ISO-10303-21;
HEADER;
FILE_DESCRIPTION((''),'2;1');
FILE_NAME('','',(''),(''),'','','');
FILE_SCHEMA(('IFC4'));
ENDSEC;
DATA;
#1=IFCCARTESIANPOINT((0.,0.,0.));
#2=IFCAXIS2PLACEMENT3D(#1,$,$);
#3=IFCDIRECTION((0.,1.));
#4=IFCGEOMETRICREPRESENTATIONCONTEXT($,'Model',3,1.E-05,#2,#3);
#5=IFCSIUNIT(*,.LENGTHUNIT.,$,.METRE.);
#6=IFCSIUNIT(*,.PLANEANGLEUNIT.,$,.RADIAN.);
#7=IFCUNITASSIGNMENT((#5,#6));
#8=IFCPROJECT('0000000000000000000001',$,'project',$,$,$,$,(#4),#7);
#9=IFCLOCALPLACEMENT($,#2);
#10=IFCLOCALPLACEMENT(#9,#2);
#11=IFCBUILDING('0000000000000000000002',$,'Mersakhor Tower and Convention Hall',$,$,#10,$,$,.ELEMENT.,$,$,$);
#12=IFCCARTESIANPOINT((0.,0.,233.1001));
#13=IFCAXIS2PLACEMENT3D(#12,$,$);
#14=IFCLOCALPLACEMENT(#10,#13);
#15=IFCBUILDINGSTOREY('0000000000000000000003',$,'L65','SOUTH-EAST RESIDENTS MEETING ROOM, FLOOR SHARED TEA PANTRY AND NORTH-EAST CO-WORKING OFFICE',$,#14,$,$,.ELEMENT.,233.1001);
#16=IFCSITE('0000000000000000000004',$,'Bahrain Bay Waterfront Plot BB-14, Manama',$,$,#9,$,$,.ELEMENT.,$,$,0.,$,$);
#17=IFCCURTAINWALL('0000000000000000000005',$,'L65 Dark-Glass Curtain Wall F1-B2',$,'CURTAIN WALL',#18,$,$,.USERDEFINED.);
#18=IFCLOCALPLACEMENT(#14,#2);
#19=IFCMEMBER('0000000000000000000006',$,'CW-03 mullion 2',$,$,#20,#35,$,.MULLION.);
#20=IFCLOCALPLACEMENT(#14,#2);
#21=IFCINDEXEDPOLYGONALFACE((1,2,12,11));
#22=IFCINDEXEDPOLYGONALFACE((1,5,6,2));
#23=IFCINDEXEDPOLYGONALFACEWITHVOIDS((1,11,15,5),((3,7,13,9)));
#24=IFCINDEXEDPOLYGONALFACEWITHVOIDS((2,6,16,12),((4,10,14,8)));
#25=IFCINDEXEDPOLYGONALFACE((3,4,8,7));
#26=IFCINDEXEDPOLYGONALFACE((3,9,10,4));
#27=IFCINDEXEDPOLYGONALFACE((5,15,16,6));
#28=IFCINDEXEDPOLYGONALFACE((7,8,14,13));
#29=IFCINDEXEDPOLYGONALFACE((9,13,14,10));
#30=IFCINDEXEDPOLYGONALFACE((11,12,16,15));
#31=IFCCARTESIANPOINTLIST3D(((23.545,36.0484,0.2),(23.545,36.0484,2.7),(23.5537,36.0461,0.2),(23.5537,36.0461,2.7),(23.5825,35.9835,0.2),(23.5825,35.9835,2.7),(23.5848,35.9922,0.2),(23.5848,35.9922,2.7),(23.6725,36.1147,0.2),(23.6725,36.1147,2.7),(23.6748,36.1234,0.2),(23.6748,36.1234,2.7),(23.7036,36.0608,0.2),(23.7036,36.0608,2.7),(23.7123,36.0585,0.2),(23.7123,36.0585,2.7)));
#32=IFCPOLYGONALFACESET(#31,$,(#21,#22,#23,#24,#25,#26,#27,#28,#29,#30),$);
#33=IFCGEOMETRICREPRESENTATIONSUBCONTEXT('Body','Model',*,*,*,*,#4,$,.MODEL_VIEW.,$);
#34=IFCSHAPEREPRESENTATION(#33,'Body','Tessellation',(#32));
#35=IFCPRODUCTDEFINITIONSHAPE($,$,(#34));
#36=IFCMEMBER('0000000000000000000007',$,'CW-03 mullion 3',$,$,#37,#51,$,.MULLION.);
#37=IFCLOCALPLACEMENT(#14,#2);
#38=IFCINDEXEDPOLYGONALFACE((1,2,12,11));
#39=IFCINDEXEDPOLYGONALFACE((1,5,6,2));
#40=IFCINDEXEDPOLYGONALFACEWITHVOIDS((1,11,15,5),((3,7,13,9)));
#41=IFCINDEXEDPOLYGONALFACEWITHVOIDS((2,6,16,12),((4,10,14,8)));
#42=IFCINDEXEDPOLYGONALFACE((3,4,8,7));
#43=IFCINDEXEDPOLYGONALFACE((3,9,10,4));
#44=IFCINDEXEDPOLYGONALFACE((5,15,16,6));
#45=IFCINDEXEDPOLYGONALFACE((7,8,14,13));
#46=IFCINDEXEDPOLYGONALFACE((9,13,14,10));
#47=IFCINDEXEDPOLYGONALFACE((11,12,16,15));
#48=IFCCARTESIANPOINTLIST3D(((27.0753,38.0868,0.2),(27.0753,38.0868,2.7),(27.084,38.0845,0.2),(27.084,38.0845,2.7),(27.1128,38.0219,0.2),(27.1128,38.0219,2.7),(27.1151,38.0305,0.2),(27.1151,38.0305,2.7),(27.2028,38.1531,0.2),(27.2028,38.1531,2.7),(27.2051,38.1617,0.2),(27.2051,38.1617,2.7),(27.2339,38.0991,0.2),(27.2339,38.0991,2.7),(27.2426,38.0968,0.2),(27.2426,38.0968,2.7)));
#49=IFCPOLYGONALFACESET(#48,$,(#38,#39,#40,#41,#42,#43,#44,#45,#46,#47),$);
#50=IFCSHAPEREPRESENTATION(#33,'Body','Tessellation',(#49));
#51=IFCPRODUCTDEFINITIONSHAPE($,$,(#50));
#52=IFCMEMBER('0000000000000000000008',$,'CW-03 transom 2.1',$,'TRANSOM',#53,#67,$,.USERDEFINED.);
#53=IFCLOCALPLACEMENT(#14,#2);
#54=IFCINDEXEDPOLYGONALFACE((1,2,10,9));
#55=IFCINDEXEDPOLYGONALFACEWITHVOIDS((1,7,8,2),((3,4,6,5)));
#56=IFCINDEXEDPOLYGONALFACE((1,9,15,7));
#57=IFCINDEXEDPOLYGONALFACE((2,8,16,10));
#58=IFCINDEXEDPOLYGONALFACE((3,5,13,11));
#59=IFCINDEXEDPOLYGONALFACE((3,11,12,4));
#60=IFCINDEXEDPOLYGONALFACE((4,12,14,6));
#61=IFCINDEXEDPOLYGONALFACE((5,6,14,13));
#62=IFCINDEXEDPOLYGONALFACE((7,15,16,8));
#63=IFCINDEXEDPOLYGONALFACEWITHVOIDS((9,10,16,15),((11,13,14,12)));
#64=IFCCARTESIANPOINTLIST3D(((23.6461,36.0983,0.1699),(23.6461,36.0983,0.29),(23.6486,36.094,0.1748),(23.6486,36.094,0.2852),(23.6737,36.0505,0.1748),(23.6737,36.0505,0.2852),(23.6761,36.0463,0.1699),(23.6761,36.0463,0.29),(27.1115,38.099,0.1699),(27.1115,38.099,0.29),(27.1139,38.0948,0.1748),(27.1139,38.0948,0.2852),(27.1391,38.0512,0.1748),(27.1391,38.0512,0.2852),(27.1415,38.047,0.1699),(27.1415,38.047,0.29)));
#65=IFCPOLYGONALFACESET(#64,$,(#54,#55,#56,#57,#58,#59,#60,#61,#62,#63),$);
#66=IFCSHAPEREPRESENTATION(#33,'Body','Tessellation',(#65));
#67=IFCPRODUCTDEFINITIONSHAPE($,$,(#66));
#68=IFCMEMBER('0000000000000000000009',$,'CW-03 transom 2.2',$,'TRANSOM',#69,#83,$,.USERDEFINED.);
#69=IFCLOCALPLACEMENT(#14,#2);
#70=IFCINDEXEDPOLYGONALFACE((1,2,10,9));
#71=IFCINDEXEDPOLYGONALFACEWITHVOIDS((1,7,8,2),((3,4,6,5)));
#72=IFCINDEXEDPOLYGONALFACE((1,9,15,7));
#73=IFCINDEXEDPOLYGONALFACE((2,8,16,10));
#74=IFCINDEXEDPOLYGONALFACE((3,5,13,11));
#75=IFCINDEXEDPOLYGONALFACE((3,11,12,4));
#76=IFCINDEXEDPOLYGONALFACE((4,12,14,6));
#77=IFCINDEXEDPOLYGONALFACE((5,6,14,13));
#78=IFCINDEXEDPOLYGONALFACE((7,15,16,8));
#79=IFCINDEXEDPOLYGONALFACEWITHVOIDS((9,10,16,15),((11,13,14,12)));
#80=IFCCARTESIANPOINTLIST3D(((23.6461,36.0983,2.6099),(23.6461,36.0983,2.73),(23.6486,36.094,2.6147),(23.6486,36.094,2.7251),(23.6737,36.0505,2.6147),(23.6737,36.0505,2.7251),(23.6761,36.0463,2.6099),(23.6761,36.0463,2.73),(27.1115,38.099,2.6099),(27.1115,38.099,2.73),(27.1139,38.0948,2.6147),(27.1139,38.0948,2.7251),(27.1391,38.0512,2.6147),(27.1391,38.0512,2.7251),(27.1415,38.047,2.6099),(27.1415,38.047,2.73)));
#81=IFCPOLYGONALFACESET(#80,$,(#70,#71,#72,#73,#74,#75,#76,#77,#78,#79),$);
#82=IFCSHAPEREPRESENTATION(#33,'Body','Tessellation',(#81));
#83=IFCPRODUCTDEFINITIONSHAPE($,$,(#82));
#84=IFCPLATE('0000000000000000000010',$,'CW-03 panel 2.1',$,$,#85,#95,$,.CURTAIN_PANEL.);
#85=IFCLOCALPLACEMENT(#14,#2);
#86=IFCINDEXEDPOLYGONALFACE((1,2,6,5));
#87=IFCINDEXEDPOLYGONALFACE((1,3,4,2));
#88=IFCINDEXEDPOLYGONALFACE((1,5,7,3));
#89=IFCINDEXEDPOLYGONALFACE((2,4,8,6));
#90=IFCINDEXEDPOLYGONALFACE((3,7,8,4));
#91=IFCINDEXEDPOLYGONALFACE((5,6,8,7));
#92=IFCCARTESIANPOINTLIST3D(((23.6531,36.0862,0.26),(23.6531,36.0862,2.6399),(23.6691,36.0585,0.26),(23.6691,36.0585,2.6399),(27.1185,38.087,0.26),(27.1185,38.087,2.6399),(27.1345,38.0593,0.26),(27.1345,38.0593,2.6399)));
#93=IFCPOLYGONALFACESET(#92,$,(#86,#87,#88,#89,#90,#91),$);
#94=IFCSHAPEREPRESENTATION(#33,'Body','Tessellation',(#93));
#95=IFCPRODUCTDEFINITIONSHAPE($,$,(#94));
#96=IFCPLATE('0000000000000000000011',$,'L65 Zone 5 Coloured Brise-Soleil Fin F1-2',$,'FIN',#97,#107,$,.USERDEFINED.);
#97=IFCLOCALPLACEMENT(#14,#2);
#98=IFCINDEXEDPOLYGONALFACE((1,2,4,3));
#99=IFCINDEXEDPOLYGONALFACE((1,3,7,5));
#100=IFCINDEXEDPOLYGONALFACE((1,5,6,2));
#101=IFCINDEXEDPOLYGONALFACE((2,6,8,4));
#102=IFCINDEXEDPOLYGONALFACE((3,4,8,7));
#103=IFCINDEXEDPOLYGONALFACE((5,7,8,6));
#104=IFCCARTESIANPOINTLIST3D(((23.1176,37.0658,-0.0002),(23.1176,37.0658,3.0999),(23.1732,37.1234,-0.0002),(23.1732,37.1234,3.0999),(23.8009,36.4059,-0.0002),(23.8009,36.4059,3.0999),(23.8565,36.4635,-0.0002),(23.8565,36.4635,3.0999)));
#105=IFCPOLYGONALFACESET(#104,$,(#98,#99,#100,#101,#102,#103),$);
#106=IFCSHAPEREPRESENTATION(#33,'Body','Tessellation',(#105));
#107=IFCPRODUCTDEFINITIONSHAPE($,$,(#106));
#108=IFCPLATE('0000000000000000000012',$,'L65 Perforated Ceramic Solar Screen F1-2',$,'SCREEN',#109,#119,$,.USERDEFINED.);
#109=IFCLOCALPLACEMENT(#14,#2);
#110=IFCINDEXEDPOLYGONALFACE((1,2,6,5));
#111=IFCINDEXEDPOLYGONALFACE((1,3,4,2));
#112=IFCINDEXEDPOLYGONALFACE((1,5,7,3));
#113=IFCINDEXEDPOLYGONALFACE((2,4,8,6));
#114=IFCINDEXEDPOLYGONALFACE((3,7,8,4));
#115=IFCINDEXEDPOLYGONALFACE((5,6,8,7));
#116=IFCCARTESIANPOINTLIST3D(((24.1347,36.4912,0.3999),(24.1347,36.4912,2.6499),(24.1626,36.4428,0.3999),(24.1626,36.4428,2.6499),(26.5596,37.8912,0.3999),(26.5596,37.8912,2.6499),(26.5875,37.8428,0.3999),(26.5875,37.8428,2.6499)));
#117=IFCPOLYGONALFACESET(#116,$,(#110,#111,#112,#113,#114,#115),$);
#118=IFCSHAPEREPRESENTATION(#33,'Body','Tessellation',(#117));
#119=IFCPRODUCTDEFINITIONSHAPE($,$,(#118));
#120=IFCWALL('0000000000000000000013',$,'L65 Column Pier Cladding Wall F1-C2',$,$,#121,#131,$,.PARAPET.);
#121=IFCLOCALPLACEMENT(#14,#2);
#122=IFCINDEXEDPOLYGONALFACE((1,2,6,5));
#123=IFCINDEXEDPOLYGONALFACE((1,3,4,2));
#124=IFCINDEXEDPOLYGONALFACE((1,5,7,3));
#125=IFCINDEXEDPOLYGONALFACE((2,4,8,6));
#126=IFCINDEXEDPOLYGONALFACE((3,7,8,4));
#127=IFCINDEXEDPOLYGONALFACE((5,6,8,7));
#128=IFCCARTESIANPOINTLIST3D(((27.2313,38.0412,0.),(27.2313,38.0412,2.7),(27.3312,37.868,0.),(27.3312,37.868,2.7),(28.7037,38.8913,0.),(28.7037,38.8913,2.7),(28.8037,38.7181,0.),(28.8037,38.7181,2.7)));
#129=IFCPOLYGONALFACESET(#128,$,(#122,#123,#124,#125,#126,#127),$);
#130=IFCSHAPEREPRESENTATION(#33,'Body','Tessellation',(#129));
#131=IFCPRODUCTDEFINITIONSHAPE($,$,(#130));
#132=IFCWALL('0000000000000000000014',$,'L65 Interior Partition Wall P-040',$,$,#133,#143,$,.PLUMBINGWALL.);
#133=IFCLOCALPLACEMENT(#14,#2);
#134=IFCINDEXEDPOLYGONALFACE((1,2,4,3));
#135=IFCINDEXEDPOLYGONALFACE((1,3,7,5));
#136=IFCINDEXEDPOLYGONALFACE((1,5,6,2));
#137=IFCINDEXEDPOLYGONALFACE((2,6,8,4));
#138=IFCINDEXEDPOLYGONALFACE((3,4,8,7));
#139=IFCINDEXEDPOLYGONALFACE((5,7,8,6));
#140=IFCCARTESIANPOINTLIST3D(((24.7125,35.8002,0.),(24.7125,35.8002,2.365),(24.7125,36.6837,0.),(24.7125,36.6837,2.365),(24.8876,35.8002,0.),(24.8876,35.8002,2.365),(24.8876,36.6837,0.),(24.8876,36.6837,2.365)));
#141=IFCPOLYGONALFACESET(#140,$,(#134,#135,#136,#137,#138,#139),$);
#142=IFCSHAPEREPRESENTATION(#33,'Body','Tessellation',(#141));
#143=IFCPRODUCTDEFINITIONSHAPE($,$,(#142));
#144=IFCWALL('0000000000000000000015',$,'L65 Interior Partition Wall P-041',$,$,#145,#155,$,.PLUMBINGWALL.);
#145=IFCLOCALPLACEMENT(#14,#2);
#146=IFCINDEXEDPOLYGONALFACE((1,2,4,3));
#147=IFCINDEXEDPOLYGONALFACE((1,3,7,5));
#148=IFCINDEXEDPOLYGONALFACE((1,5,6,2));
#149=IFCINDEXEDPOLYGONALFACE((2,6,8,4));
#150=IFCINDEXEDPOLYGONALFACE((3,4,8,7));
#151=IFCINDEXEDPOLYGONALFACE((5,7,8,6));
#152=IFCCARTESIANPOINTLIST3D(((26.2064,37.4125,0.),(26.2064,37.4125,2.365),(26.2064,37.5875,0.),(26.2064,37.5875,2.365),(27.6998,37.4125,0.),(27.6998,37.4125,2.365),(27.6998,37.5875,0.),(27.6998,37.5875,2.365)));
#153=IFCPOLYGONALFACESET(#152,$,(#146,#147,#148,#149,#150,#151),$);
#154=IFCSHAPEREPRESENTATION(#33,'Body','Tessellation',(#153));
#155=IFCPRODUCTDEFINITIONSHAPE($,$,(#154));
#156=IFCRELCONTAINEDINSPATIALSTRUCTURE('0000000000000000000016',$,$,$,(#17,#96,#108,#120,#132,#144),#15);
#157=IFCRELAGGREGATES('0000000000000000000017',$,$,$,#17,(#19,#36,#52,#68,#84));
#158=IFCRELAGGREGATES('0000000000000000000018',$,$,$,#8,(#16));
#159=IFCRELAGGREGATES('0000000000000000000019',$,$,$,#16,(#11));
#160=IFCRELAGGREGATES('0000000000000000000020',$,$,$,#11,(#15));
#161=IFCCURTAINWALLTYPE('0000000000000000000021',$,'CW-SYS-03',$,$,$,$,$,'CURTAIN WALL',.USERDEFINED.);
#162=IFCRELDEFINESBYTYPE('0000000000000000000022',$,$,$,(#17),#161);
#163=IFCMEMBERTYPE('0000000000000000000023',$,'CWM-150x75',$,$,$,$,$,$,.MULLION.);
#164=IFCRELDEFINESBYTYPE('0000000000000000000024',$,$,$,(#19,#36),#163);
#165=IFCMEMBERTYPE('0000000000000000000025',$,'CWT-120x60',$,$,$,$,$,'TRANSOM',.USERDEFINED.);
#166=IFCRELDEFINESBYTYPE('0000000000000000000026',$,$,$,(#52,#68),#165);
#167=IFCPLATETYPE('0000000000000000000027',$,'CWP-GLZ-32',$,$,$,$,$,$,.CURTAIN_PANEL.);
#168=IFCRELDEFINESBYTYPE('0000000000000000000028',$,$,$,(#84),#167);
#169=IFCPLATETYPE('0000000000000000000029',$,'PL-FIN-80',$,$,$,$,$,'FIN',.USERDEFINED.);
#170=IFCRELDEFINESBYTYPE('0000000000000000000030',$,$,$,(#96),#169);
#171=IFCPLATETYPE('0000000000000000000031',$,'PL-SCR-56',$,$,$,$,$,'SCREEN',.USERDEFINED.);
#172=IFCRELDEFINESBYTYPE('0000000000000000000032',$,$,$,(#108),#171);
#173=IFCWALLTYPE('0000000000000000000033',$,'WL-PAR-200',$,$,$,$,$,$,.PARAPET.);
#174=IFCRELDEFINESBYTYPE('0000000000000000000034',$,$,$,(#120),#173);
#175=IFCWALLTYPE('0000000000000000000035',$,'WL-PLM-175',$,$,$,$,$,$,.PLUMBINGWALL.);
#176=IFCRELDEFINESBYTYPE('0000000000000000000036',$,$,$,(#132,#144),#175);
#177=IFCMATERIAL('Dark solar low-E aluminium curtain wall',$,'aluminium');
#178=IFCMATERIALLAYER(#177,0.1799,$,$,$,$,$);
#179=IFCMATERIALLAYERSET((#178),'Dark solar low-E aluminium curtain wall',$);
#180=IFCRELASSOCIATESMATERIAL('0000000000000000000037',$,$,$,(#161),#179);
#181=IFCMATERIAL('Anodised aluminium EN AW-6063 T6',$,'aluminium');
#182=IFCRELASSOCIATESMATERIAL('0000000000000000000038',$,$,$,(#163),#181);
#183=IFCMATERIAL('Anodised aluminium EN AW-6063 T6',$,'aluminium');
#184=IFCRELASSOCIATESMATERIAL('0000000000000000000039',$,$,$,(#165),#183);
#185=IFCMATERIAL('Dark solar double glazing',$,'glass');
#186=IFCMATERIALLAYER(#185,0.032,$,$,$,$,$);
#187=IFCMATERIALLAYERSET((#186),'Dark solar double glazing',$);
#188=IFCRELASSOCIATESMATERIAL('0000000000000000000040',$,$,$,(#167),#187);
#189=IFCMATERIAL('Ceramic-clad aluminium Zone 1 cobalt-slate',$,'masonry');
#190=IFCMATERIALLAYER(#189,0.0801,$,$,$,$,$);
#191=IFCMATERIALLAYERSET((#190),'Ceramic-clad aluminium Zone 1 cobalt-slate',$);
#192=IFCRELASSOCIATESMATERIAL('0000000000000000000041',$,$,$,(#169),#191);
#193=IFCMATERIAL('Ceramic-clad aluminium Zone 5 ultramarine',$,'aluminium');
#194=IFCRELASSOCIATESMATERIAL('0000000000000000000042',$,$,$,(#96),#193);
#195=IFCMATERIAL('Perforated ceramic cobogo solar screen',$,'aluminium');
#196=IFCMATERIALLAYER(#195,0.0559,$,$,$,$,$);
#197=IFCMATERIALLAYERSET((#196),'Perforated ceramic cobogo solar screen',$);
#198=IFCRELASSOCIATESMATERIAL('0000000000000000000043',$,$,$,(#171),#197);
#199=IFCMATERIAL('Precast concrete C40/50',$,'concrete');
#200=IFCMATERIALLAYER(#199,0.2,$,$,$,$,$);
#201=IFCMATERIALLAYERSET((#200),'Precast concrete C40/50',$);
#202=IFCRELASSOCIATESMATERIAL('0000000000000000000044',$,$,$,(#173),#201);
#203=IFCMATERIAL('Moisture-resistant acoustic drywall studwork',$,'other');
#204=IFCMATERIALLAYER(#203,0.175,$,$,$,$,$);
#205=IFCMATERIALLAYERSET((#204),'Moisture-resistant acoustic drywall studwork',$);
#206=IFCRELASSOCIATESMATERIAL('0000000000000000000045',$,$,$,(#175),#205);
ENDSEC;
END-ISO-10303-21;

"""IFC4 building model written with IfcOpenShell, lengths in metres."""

from ifc_helpers import new_model, si_unit, direction, frame, frame_2d, origin, origin_2d, place, context, subcontext, project, spatial, rectangle, hollow_rectangle, extrude, material, layer, layer_set, material_profile, profile_set, type_object, element, aggregate, save


model = new_model("IFC4")

# Units and contexts
model_context = context("Model", 3, precision=1e-05, world=origin(), true_north=direction((0.0, 1.0)))
body_context = subcontext(model_context, "Body", "Model", "MODEL_VIEW")
ifc_project = project(units=[si_unit("LENGTHUNIT", "METRE"), si_unit("PLANEANGLEUNIT", "RADIAN")], contexts=[model_context])

# Site, building, storey
site_placement = place(None, origin())
site = spatial("IfcSite", under=ifc_project, at=site_placement, Name="Bahrain Bay Waterfront Plot BB-14, Manama", CompositionType="ELEMENT", RefElevation=0.0)
building_placement = place(site_placement, origin())
building = spatial("IfcBuilding", under=site, at=building_placement, Name="Mersakhor Tower and Convention Hall", CompositionType="ELEMENT")
storey_placement = place(building_placement, frame((0.0, 0.0, 233.1001)))
storey = spatial("IfcBuildingStorey", under=building, at=storey_placement, Name="L65", Description="SOUTH-EAST RESIDENTS MEETING ROOM, FLOOR SHARED TEA PANTRY AND NORTH-EAST CO-WORKING OFFICE", CompositionType="ELEMENT", Elevation=233.1001)

# Curtain wall, members, plate
ifc_material_1 = material(Name="Dark solar low-E aluminium curtain wall", Category="aluminium")
ifc_layer_1 = layer(ifc_material_1, 0.1799)
ifc_layer_set_1 = layer_set([ifc_layer_1], Name="Dark solar low-E aluminium curtain wall")
curtain_wall_type = type_object("IfcCurtainWallType", Name="CW-SYS-03", ElementType="CURTAIN WALL", PredefinedType="USERDEFINED", material=ifc_layer_set_1)
curtain_wall_placement = place(storey_placement, origin())
curtain_wall = element("IfcCurtainWall", 1, at=curtain_wall_placement, inside=storey, type_object=curtain_wall_type, Name="L65 Dark-Glass Curtain Wall F1-B2", ObjectType="CURTAIN WALL", PredefinedType="USERDEFINED")
ifc_material_2 = material(Name="Anodised aluminium EN AW-6063 T6", Category="aluminium")
ifc_material_profile_1 = material_profile(ifc_material_2, hollow_rectangle(XDim=0.075, YDim=0.1499, WallThickness=0.0063, at=origin_2d()), Name="RHS 150x75x6.3")
ifc_profile_set_1 = profile_set([ifc_material_profile_1], Name="Anodised aluminium EN AW-6063 T6")
member_type_1 = type_object("IfcMemberType", Name="CWM-150x75", PredefinedType="MULLION", material=ifc_profile_set_1)
member_1_placement = place(storey_placement, frame((23.6287, 36.0535, 0.2), z_axis=(0.0, 0.0, 1.0), x_axis=(-0.500004, 0.866023, 0.0)))
member_1 = element("IfcMember", 2, at=member_1_placement, type_object=member_type_1, Name="CW-03 mullion 2", PredefinedType="MULLION", context=body_context, shape_type="SweptSolid", body=[
    extrude(hollow_rectangle(XDim=0.075, YDim=0.1499, WallThickness=0.0063, at=origin_2d()), origin(), (0.0, 0.0, 1.0), 2.5),
])
member_2_placement = place(storey_placement, frame((27.1589, 38.0918, 0.2), z_axis=(0.0, 0.0, 1.0), x_axis=(-0.500004, 0.866023, 0.0)))
member_2 = element("IfcMember", 3, at=member_2_placement, type_object=member_type_1, Name="CW-03 mullion 3", PredefinedType="MULLION", context=body_context, shape_type="SweptSolid", body=[
    extrude(hollow_rectangle(XDim=0.075, YDim=0.1499, WallThickness=0.0063, at=origin_2d()), origin(), (0.0, 0.0, 1.0), 2.5),
])
ifc_material_3 = material(Name="Anodised aluminium EN AW-6063 T6", Category="aluminium")
ifc_material_profile_2 = material_profile(ifc_material_3, hollow_rectangle(XDim=0.0601, YDim=0.1201, WallThickness=0.0049, at=origin_2d()), Name="RHS 120x60x5")
ifc_profile_set_2 = profile_set([ifc_material_profile_2], Name="Anodised aluminium EN AW-6063 T6")
member_type_2 = type_object("IfcMemberType", Name="CWT-120x60", ElementType="TRANSOM", PredefinedType="USERDEFINED", material=ifc_profile_set_2)
member_3_placement = place(storey_placement, frame((23.6611, 36.0723, 0.23), z_axis=(0.866023, 0.500004, 0.0), x_axis=(-0.500004, 0.866023, 0.0)))
member_3 = element("IfcMember", 4, at=member_3_placement, type_object=member_type_2, Name="CW-03 transom 2.1", ObjectType="TRANSOM", PredefinedType="USERDEFINED", context=body_context, shape_type="SweptSolid", body=[
    extrude(hollow_rectangle(XDim=0.0601, YDim=0.1201, WallThickness=0.0049, at=origin_2d()), origin(), (0.0, 0.0, 1.0), 4.0015),
])
member_4_placement = place(storey_placement, frame((23.6611, 36.0723, 2.6699), z_axis=(0.866023, 0.500004, 0.0), x_axis=(-0.500004, 0.866023, 0.0)))
member_4 = element("IfcMember", 5, at=member_4_placement, type_object=member_type_2, Name="CW-03 transom 2.2", ObjectType="TRANSOM", PredefinedType="USERDEFINED", context=body_context, shape_type="SweptSolid", body=[
    extrude(hollow_rectangle(XDim=0.0601, YDim=0.1201, WallThickness=0.0049, at=origin_2d()), origin(), (0.0, 0.0, 1.0), 4.0015),
])
ifc_material_4 = material(Name="Dark solar double glazing", Category="glass")
ifc_layer_2 = layer(ifc_material_4, 0.032)
ifc_layer_set_2 = layer_set([ifc_layer_2], Name="Dark solar double glazing")
plate_type_1 = type_object("IfcPlateType", Name="CWP-GLZ-32", PredefinedType="CURTAIN_PANEL", material=ifc_layer_set_2)
plate_1_placement = place(storey_placement, frame((25.3938, 37.0728, 0.26), z_axis=(0.0, 0.0, 1.0), x_axis=(0.866023, 0.500004, 0.0)))
plate_1 = element("IfcPlate", 6, at=plate_1_placement, type_object=plate_type_1, Name="CW-03 panel 2.1", PredefinedType="CURTAIN_PANEL", context=body_context, shape_type="SweptSolid", body=[
    extrude(rectangle(XDim=4.0015, YDim=0.032, at=origin_2d()), origin(), (0.0, 0.0, 1.0), 2.3799),
])
aggregate(curtain_wall, [member_1, member_2, member_3, member_4, plate_1])

# Plates
ifc_material_5 = material(Name="Ceramic-clad aluminium Zone 5 ultramarine", Category="aluminium")
ifc_material_6 = material(Name="Ceramic-clad aluminium Zone 1 cobalt-slate", Category="masonry")
ifc_layer_3 = layer(ifc_material_6, 0.0801)
ifc_layer_set_3 = layer_set([ifc_layer_3], Name="Ceramic-clad aluminium Zone 1 cobalt-slate")
plate_type_2 = type_object("IfcPlateType", Name="PL-FIN-80", ElementType="FIN", PredefinedType="USERDEFINED", material=ifc_layer_set_3)
plate_2_placement = place(storey_placement, frame((23.4871, 36.7646, -0.0002), z_axis=(0.0, 0.0, 1.0), x_axis=(-0.71934, 0.694658, 0.0)))
element("IfcPlate", 7, at=plate_2_placement, inside=storey, type_object=plate_type_2, material=ifc_material_5, Name="L65 Zone 5 Coloured Brise-Soleil Fin F1-2", ObjectType="FIN", PredefinedType="USERDEFINED", context=body_context, shape_type="SweptSolid", body=[
    extrude(rectangle(XDim=0.95, YDim=0.0801, at=origin_2d()), origin(), (0.0, 0.0, 1.0), 3.1001),
])
ifc_material_7 = material(Name="Perforated ceramic cobogo solar screen", Category="aluminium")
ifc_layer_4 = layer(ifc_material_7, 0.0559)
ifc_layer_set_4 = layer_set([ifc_layer_4], Name="Perforated ceramic cobogo solar screen")
plate_type_3 = type_object("IfcPlateType", Name="PL-SCR-56", ElementType="SCREEN", PredefinedType="USERDEFINED", material=ifc_layer_set_4)
plate_3_placement = place(storey_placement, frame((25.3611, 37.167, 0.3999), z_axis=(0.0, 0.0, 1.0), x_axis=(0.866025, 0.5, 0.0)))
element("IfcPlate", 8, at=plate_3_placement, inside=storey, type_object=plate_type_3, Name="L65 Perforated Ceramic Solar Screen F1-2", ObjectType="SCREEN", PredefinedType="USERDEFINED", context=body_context, shape_type="SweptSolid", body=[
    extrude(rectangle(XDim=2.8, YDim=0.0559, at=origin_2d()), origin(), (0.0, 0.0, 1.0), 2.25),
])

# Walls
ifc_material_8 = material(Name="Precast concrete C40/50", Category="concrete")
ifc_layer_5 = layer(ifc_material_8, 0.2)
ifc_layer_set_5 = layer_set([ifc_layer_5], Name="Precast concrete C40/50")
wall_type_1 = type_object("IfcWallType", Name="WL-PAR-200", PredefinedType="PARAPET", material=ifc_layer_set_5)
wall_1_placement = place(storey_placement, frame((27.2812, 37.9546, 0.0), z_axis=(0.0, 0.0, 1.0), x_axis=(0.866025, 0.5, 0.0)))
element("IfcWall", 9, at=wall_1_placement, inside=storey, type_object=wall_type_1, Name="L65 Column Pier Cladding Wall F1-C2", PredefinedType="PARAPET", context=body_context, shape_type="SweptSolid", body=[
    extrude(rectangle(XDim=1.7002, YDim=0.2, at=frame_2d((0.8501, 0.0))), origin(), (0.0, 0.0, 1.0), 2.7),
])
ifc_material_9 = material(Name="Moisture-resistant acoustic drywall studwork", Category="other")
ifc_layer_6 = layer(ifc_material_9, 0.175)
ifc_layer_set_6 = layer_set([ifc_layer_6], Name="Moisture-resistant acoustic drywall studwork")
wall_type_2 = type_object("IfcWallType", Name="WL-PLM-175", PredefinedType="PLUMBINGWALL", material=ifc_layer_set_6)
wall_2_placement = place(storey_placement, frame((24.8, 35.8, 0.0), z_axis=(0.0, 0.0, 1.0), x_axis=(0.0, 1.0, 0.0)))
element("IfcWall", 10, at=wall_2_placement, inside=storey, type_object=wall_type_2, Name="L65 Interior Partition Wall P-040", PredefinedType="PLUMBINGWALL", context=body_context, shape_type="SweptSolid", body=[
    extrude(rectangle(XDim=0.8835, YDim=0.175, at=frame_2d((0.4419, 0.0))), origin(), (0.0, 0.0, 1.0), 2.365),
])
wall_3_placement = place(storey_placement, frame((26.2065, 37.5, 0.0), z_axis=(0.0, 0.0, 1.0), x_axis=(1.0, 0.0, 0.0)))
element("IfcWall", 11, at=wall_3_placement, inside=storey, type_object=wall_type_2, Name="L65 Interior Partition Wall P-041", PredefinedType="PLUMBINGWALL", context=body_context, shape_type="SweptSolid", body=[
    extrude(rectangle(XDim=1.4934, YDim=0.175, at=frame_2d((0.7466, 0.0))), origin(), (0.0, 0.0, 1.0), 2.365),
])

save(model, "model.ifc")
